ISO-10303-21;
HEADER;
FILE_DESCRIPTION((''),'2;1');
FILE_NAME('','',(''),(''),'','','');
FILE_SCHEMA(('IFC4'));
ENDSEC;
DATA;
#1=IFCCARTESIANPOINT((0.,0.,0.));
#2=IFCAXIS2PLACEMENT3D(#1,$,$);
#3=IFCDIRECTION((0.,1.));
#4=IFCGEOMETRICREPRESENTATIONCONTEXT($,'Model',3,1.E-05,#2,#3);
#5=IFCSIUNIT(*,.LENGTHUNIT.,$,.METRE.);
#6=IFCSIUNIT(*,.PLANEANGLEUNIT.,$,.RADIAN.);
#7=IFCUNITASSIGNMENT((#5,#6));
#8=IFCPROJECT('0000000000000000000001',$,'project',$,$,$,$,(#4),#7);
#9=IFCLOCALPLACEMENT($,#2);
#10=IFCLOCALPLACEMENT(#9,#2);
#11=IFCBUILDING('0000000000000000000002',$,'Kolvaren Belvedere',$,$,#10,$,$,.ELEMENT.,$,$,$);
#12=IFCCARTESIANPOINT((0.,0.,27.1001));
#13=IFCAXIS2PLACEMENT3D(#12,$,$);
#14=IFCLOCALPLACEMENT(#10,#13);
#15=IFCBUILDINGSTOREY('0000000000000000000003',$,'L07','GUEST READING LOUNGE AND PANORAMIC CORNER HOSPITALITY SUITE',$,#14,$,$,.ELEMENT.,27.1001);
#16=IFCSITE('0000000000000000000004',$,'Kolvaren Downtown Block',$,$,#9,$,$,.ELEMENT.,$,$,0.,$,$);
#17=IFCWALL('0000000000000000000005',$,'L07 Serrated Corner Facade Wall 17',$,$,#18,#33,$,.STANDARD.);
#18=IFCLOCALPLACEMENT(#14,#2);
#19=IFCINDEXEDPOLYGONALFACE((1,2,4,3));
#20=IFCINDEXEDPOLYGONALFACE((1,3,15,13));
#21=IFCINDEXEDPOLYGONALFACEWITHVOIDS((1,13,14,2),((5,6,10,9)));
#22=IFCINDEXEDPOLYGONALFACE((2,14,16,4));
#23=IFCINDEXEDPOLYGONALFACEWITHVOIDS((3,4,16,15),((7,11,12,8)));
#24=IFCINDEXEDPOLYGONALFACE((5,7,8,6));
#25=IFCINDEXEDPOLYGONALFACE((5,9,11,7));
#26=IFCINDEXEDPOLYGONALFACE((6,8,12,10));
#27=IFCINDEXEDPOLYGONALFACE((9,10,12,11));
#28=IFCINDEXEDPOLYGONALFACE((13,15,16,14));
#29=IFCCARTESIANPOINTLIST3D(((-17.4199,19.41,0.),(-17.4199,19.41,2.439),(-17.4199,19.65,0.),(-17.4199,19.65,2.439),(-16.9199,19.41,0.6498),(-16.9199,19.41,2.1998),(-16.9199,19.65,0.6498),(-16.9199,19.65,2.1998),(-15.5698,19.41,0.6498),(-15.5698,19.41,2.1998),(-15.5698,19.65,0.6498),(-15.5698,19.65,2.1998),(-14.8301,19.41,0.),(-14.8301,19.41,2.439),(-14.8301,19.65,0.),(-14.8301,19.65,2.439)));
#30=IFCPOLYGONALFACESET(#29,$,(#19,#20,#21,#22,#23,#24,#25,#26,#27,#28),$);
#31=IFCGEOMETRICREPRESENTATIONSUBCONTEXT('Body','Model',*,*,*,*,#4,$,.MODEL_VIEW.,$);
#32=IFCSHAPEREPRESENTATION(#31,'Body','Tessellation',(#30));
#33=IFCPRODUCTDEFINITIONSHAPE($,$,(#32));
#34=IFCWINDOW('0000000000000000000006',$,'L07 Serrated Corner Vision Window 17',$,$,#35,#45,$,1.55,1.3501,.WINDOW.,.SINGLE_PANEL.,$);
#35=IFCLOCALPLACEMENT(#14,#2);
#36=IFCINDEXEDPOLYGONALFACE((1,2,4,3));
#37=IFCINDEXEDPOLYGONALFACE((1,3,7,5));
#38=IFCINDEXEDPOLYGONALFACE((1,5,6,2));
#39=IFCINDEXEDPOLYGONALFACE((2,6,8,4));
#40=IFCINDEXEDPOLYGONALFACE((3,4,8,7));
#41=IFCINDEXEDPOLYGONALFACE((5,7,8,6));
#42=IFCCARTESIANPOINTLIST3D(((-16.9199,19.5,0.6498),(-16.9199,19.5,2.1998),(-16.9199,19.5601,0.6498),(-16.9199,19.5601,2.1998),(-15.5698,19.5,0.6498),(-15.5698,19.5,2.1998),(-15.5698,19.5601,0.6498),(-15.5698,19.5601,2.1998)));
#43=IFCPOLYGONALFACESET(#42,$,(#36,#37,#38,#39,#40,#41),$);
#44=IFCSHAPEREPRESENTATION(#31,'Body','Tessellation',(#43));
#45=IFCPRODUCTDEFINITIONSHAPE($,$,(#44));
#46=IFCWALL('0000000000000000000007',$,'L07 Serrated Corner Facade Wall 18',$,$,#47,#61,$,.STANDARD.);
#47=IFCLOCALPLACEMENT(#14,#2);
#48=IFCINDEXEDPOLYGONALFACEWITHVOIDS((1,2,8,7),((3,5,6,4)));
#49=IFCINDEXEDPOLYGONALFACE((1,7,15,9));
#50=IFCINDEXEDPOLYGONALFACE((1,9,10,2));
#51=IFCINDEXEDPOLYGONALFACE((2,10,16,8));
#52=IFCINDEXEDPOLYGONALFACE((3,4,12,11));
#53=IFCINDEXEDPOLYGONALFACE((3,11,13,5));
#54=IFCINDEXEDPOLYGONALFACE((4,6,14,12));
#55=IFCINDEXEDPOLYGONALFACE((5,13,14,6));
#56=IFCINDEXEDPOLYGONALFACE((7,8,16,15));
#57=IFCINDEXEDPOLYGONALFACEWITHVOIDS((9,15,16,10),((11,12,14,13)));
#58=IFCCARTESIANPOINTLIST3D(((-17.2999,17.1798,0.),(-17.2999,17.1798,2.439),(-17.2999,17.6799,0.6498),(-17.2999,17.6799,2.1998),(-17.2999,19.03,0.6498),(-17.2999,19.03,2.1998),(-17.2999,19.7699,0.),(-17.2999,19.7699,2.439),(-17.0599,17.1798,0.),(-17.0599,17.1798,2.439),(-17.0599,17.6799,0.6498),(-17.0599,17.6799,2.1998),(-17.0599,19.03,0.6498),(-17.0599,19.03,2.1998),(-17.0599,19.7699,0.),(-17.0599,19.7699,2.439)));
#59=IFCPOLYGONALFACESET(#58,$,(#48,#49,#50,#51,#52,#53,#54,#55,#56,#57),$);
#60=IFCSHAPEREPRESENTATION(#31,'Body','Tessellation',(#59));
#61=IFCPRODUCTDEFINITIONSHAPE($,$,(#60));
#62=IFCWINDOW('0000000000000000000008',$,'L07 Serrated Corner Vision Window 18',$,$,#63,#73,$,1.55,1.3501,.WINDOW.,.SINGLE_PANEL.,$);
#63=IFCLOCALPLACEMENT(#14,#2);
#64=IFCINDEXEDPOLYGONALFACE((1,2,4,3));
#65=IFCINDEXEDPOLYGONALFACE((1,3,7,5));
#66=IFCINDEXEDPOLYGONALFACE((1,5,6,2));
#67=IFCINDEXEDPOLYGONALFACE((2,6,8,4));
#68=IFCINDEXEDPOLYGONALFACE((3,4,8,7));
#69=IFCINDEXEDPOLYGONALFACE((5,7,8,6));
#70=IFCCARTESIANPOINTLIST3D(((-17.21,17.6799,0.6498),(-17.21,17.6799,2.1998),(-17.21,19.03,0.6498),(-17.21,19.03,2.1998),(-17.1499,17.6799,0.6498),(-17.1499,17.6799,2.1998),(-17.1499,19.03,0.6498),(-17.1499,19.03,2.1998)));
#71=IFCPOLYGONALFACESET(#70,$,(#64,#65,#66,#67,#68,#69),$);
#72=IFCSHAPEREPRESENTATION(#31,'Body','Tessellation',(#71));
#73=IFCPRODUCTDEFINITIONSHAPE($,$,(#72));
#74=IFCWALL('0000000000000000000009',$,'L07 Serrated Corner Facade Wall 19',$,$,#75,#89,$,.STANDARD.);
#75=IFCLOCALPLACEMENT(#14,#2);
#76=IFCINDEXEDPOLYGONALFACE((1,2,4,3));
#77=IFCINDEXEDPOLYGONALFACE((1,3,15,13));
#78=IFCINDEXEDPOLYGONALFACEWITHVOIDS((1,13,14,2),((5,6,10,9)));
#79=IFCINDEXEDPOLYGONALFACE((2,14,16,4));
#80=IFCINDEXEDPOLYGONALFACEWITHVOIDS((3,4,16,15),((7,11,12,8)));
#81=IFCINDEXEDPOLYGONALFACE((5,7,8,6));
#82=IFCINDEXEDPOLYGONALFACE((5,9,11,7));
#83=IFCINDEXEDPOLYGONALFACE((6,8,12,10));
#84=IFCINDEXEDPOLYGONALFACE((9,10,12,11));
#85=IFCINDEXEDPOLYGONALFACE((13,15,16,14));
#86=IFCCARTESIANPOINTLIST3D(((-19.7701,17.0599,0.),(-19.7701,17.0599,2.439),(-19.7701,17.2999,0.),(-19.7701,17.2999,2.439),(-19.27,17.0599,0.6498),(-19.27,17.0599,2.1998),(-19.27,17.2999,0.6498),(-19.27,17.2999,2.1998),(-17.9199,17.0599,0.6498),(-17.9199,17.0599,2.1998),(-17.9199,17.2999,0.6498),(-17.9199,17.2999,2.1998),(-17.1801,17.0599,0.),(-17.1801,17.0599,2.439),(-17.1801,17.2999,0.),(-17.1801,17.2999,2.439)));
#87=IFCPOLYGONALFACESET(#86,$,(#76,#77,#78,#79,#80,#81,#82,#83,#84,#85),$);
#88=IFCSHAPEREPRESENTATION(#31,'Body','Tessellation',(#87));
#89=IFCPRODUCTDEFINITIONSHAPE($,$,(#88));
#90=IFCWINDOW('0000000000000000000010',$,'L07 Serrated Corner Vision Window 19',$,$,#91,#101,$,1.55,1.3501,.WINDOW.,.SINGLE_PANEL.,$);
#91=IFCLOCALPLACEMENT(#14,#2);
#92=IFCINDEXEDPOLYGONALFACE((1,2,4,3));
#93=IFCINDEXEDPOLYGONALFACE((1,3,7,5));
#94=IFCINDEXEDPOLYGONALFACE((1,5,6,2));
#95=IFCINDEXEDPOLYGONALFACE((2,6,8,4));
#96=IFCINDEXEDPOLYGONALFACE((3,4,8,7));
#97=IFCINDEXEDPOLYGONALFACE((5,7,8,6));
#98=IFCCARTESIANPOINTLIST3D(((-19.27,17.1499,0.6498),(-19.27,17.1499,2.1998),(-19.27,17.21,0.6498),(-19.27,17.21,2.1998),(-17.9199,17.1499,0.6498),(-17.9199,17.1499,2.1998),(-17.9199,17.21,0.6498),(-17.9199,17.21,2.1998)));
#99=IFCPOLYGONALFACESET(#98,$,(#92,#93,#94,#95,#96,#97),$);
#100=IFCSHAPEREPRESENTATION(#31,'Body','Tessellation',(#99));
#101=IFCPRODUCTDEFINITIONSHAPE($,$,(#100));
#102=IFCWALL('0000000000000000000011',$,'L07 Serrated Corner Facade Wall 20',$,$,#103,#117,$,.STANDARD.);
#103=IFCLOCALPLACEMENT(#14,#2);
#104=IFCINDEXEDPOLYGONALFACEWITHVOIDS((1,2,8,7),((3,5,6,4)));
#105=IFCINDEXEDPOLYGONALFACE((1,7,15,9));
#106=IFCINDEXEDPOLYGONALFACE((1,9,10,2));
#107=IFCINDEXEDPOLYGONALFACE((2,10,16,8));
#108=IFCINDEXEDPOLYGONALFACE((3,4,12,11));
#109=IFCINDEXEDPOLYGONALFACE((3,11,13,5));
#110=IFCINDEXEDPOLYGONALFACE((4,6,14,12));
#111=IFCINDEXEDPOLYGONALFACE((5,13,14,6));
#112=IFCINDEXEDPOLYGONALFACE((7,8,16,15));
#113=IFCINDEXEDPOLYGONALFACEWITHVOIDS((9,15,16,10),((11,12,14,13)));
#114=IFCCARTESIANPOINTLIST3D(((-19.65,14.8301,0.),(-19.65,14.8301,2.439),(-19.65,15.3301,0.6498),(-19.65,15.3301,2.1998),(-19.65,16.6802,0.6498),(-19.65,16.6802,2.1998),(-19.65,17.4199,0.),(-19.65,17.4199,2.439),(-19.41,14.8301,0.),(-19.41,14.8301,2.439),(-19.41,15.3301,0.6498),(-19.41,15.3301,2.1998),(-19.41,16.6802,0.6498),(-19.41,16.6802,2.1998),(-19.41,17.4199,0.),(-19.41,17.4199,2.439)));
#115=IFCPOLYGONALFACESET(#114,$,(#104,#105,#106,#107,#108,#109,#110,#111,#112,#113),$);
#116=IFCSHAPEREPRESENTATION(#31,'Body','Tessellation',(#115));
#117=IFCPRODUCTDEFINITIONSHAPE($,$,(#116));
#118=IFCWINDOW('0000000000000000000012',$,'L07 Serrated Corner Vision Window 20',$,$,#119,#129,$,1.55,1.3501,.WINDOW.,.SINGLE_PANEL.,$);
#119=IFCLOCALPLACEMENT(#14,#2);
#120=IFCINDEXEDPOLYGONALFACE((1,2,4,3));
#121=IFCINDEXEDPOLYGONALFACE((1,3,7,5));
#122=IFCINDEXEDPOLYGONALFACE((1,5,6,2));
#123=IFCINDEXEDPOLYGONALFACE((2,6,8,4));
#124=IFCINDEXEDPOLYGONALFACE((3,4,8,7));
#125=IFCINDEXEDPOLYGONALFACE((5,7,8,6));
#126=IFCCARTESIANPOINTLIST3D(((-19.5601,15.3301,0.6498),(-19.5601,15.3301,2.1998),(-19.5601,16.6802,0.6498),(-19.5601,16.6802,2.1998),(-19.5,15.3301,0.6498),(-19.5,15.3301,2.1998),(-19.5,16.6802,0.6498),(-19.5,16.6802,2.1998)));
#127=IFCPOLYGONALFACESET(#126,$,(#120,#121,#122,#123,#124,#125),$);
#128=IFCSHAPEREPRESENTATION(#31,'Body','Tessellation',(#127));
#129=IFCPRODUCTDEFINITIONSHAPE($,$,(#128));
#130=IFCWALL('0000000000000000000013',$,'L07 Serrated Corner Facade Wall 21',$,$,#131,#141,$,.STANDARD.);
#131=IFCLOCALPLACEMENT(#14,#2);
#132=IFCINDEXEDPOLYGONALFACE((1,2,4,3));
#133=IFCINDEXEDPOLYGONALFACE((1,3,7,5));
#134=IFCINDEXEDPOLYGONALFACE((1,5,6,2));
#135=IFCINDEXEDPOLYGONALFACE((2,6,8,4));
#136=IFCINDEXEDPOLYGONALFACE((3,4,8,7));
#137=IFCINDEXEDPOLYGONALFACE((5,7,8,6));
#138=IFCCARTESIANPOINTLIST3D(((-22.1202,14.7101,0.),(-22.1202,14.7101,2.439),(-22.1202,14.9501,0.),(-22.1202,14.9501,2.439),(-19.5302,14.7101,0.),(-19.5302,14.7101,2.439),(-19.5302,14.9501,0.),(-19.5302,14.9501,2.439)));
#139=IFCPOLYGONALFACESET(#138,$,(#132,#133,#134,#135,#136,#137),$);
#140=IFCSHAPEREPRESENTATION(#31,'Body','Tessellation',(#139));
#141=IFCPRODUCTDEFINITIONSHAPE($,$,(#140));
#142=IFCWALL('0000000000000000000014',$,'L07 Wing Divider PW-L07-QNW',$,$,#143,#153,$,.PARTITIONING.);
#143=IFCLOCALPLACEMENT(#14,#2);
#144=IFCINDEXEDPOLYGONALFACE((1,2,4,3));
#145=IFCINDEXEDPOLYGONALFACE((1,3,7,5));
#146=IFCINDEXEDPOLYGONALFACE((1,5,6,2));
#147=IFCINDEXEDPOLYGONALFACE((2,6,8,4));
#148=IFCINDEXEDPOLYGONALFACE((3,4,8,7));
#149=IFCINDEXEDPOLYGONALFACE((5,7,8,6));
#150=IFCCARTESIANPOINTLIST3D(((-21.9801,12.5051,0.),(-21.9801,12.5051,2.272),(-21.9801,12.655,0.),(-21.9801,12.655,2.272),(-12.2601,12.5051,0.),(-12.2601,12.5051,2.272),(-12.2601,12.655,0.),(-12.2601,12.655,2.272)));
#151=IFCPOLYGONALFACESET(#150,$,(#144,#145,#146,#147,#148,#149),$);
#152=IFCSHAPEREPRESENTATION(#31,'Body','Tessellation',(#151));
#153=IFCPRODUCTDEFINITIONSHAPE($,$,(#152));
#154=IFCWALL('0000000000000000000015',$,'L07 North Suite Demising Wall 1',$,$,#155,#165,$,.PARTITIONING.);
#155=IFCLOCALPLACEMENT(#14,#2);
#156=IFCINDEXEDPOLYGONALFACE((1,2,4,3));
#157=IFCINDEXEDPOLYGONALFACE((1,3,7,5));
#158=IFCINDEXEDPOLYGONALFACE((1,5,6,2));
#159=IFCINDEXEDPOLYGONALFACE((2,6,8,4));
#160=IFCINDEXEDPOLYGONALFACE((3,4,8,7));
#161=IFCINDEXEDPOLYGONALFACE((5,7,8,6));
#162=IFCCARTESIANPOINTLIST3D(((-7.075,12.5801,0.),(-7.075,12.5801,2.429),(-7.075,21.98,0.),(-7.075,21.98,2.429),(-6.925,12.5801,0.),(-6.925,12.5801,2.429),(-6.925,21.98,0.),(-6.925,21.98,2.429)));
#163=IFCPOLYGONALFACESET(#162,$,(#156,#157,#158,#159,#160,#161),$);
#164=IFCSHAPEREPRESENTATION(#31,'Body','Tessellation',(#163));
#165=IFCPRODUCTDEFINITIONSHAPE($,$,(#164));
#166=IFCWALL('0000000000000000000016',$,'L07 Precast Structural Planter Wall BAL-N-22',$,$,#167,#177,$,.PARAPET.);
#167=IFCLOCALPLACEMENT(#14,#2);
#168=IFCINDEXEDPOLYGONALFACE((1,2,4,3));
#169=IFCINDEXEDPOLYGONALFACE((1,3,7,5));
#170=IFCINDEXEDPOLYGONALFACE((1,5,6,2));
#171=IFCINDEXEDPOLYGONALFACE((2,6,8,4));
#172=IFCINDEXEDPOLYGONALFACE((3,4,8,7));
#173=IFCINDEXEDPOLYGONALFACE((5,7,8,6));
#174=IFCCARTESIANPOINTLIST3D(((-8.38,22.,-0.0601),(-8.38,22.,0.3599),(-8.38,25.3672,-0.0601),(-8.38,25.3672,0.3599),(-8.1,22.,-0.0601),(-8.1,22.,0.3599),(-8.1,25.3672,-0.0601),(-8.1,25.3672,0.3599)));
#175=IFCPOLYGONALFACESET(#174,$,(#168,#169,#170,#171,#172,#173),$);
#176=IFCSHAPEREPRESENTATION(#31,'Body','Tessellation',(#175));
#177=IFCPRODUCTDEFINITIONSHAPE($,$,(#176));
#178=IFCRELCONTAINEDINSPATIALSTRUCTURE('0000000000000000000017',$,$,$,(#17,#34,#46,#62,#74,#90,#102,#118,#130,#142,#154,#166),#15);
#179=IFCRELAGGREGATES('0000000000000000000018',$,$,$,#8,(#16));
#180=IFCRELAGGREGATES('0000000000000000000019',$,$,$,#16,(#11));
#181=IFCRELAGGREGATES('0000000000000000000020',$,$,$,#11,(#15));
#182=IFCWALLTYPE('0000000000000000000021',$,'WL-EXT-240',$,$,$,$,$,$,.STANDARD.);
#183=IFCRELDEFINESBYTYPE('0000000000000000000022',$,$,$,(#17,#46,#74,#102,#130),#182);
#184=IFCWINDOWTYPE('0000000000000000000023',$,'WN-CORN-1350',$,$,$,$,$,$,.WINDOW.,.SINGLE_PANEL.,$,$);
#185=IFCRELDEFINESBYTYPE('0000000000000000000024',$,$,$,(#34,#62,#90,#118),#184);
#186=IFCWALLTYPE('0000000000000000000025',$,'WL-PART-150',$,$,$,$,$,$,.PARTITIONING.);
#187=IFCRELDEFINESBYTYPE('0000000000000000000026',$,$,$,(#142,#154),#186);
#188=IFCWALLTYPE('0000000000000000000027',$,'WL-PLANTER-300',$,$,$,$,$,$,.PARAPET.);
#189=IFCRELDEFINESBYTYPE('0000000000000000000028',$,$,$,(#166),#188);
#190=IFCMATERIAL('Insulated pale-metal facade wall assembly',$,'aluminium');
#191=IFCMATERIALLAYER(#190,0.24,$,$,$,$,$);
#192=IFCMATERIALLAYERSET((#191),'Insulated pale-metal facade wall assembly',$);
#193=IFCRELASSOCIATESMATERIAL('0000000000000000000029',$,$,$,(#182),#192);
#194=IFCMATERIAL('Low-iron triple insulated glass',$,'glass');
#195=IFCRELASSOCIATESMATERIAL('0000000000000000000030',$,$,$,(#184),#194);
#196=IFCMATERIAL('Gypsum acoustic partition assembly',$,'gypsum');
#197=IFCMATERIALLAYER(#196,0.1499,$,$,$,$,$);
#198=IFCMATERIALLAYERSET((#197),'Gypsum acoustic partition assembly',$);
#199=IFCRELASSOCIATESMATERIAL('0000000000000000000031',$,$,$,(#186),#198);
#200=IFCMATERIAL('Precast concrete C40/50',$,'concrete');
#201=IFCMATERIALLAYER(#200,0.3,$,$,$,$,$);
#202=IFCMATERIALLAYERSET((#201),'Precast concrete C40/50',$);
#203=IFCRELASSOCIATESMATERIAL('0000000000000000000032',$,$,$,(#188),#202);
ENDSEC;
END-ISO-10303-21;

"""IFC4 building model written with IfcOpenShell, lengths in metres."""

from ifc_helpers import new_model, si_unit, direction, frame, frame_2d, origin, place, context, subcontext, project, spatial, rectangle, extrude, material, layer, layer_set, type_object, element, fill, save


model = new_model("IFC4")

# Units and contexts
model_context = context("Model", 3, precision=1e-05, world=origin(), true_north=direction((0.0, 1.0)))
body_context = subcontext(model_context, "Body", "Model", "MODEL_VIEW")
ifc_project = project(units=[si_unit("LENGTHUNIT", "METRE"), si_unit("PLANEANGLEUNIT", "RADIAN")], contexts=[model_context])

# Site, building, storey
site_placement = place(None, origin())
site = spatial("IfcSite", under=ifc_project, at=site_placement, Name="Kolvaren Downtown Block", CompositionType="ELEMENT", RefElevation=0.0)
building_placement = place(site_placement, origin())
building = spatial("IfcBuilding", under=site, at=building_placement, Name="Kolvaren Belvedere", CompositionType="ELEMENT")
storey_placement = place(building_placement, frame((0.0, 0.0, 27.1001)))
storey = spatial("IfcBuildingStorey", under=building, at=storey_placement, Name="L07", Description="GUEST READING LOUNGE AND PANORAMIC CORNER HOSPITALITY SUITE", CompositionType="ELEMENT", Elevation=27.1001)

# Shared definitions
ifc_material_1 = material(Name="Insulated pale-metal facade wall assembly", Category="aluminium")
ifc_layer_1 = layer(ifc_material_1, 0.24)
ifc_layer_set_1 = layer_set([ifc_layer_1], Name="Insulated pale-metal facade wall assembly")
wall_type_1 = type_object("IfcWallType", Name="WL-EXT-240", PredefinedType="STANDARD", material=ifc_layer_set_1)

# Walls, openings, windows
wall_1_placement = place(storey_placement, frame((-17.4199, 19.53, 0.0), z_axis=(0.0, 0.0, 1.0), x_axis=(1.0, 0.0, 0.0)))
wall_1 = element("IfcWall", 1, at=wall_1_placement, inside=storey, type_object=wall_type_1, Name="L07 Serrated Corner Facade Wall 17", PredefinedType="STANDARD", context=body_context, shape_type="SweptSolid", body=[
    extrude(rectangle(XDim=2.5898, YDim=0.24, at=frame_2d((1.2949, 0.0))), origin(), (0.0, 0.0, 1.0), 2.439),
])
opening_1_placement = place(wall_1_placement, frame((0.5, 0.0, 0.6499)))
opening_1 = element("IfcOpeningElement", 2, at=opening_1_placement, cuts=wall_1, PredefinedType="OPENING", context=body_context, shape_type="SweptSolid", body=[
    extrude(rectangle(XDim=1.3501, YDim=1.55, at=frame_2d((0.675, 0.7749))), frame((0.0, 0.1299, 0.0), z_axis=(0.0, -1.0, 0.0), x_axis=(1.0, 0.0, 0.0)), (0.0, 0.0, 1.0), 0.26),
])
ifc_material_2 = material(Name="Low-iron triple insulated glass", Category="glass")
window_type = type_object("IfcWindowType", Name="WN-CORN-1350", PartitioningType="SINGLE_PANEL", PredefinedType="WINDOW", material=ifc_material_2)
window_1_placement = place(opening_1_placement, origin())
window_1 = element("IfcWindow", 3, at=window_1_placement, inside=storey, type_object=window_type, Name="L07 Serrated Corner Vision Window 17", OverallHeight=1.55, OverallWidth=1.3501, PartitioningType="SINGLE_PANEL", PredefinedType="WINDOW", context=body_context, shape_type="SweptSolid", body=[
    extrude(rectangle(XDim=1.3501, YDim=1.55, at=frame_2d((0.675, 0.7749))), frame((0.0, 0.03, 0.0), z_axis=(0.0, -1.0, 0.0), x_axis=(1.0, 0.0, 0.0)), (0.0, 0.0, 1.0), 0.0601),
])
fill(opening_1, window_1)
wall_2_placement = place(storey_placement, frame((-17.1799, 17.1799, 0.0), z_axis=(0.0, 0.0, 1.0), x_axis=(0.0, 1.0, 0.0)))
wall_2 = element("IfcWall", 4, at=wall_2_placement, inside=storey, type_object=wall_type_1, Name="L07 Serrated Corner Facade Wall 18", PredefinedType="STANDARD", context=body_context, shape_type="SweptSolid", body=[
    extrude(rectangle(XDim=2.5901, YDim=0.24, at=frame_2d((1.2949, 0.0))), origin(), (0.0, 0.0, 1.0), 2.439),
])
opening_2_placement = place(wall_2_placement, frame((0.5, 0.0, 0.6499)))
opening_2 = element("IfcOpeningElement", 5, at=opening_2_placement, cuts=wall_2, PredefinedType="OPENING", context=body_context, shape_type="SweptSolid", body=[
    extrude(rectangle(XDim=1.3501, YDim=1.55, at=frame_2d((0.675, 0.7749))), frame((0.0, 0.1299, 0.0), z_axis=(0.0, -1.0, 0.0), x_axis=(1.0, 0.0, 0.0)), (0.0, 0.0, 1.0), 0.26),
])
window_2_placement = place(opening_2_placement, origin())
window_2 = element("IfcWindow", 6, at=window_2_placement, inside=storey, type_object=window_type, Name="L07 Serrated Corner Vision Window 18", OverallHeight=1.55, OverallWidth=1.3501, PartitioningType="SINGLE_PANEL", PredefinedType="WINDOW", context=body_context, shape_type="SweptSolid", body=[
    extrude(rectangle(XDim=1.3501, YDim=1.55, at=frame_2d((0.675, 0.7749))), frame((0.0, 0.03, 0.0), z_axis=(0.0, -1.0, 0.0), x_axis=(1.0, 0.0, 0.0)), (0.0, 0.0, 1.0), 0.0601),
])
fill(opening_2, window_2)
wall_3_placement = place(storey_placement, frame((-19.77, 17.1799, 0.0), z_axis=(0.0, 0.0, 1.0), x_axis=(1.0, 0.0, 0.0)))
wall_3 = element("IfcWall", 7, at=wall_3_placement, inside=storey, type_object=wall_type_1, Name="L07 Serrated Corner Facade Wall 19", PredefinedType="STANDARD", context=body_context, shape_type="SweptSolid", body=[
    extrude(rectangle(XDim=2.5901, YDim=0.24, at=frame_2d((1.2949, 0.0))), origin(), (0.0, 0.0, 1.0), 2.439),
])
opening_3_placement = place(wall_3_placement, frame((0.5, 0.0, 0.6499)))
opening_3 = element("IfcOpeningElement", 8, at=opening_3_placement, cuts=wall_3, PredefinedType="OPENING", context=body_context, shape_type="SweptSolid", body=[
    extrude(rectangle(XDim=1.3501, YDim=1.55, at=frame_2d((0.675, 0.7749))), frame((0.0, 0.1299, 0.0), z_axis=(0.0, -1.0, 0.0), x_axis=(1.0, 0.0, 0.0)), (0.0, 0.0, 1.0), 0.26),
])
window_3_placement = place(opening_3_placement, origin())
window_3 = element("IfcWindow", 9, at=window_3_placement, inside=storey, type_object=window_type, Name="L07 Serrated Corner Vision Window 19", OverallHeight=1.55, OverallWidth=1.3501, PartitioningType="SINGLE_PANEL", PredefinedType="WINDOW", context=body_context, shape_type="SweptSolid", body=[
    extrude(rectangle(XDim=1.3501, YDim=1.55, at=frame_2d((0.675, 0.7749))), frame((0.0, 0.03, 0.0), z_axis=(0.0, -1.0, 0.0), x_axis=(1.0, 0.0, 0.0)), (0.0, 0.0, 1.0), 0.0601),
])
fill(opening_3, window_3)
wall_4_placement = place(storey_placement, frame((-19.53, 14.8301, 0.0), z_axis=(0.0, 0.0, 1.0), x_axis=(0.0, 1.0, 0.0)))
wall_4 = element("IfcWall", 10, at=wall_4_placement, inside=storey, type_object=wall_type_1, Name="L07 Serrated Corner Facade Wall 20", PredefinedType="STANDARD", context=body_context, shape_type="SweptSolid", body=[
    extrude(rectangle(XDim=2.5898, YDim=0.24, at=frame_2d((1.2949, 0.0))), origin(), (0.0, 0.0, 1.0), 2.439),
])
opening_4_placement = place(wall_4_placement, frame((0.5, 0.0, 0.6499)))
opening_4 = element("IfcOpeningElement", 11, at=opening_4_placement, cuts=wall_4, PredefinedType="OPENING", context=body_context, shape_type="SweptSolid", body=[
    extrude(rectangle(XDim=1.3501, YDim=1.55, at=frame_2d((0.675, 0.7749))), frame((0.0, 0.1299, 0.0), z_axis=(0.0, -1.0, 0.0), x_axis=(1.0, 0.0, 0.0)), (0.0, 0.0, 1.0), 0.26),
])
window_4_placement = place(opening_4_placement, origin())
window_4 = element("IfcWindow", 12, at=window_4_placement, inside=storey, type_object=window_type, Name="L07 Serrated Corner Vision Window 20", OverallHeight=1.55, OverallWidth=1.3501, PartitioningType="SINGLE_PANEL", PredefinedType="WINDOW", context=body_context, shape_type="SweptSolid", body=[
    extrude(rectangle(XDim=1.3501, YDim=1.55, at=frame_2d((0.675, 0.7749))), frame((0.0, 0.03, 0.0), z_axis=(0.0, -1.0, 0.0), x_axis=(1.0, 0.0, 0.0)), (0.0, 0.0, 1.0), 0.0601),
])
fill(opening_4, window_4)

# Walls
wall_5_placement = place(storey_placement, frame((-22.1201, 14.8301, 0.0), z_axis=(0.0, 0.0, 1.0), x_axis=(1.0, 0.0, 0.0)))
element("IfcWall", 13, at=wall_5_placement, inside=storey, type_object=wall_type_1, Name="L07 Serrated Corner Facade Wall 21", PredefinedType="STANDARD", context=body_context, shape_type="SweptSolid", body=[
    extrude(rectangle(XDim=2.5901, YDim=0.24, at=frame_2d((1.2949, 0.0))), origin(), (0.0, 0.0, 1.0), 2.439),
])
ifc_material_3 = material(Name="Gypsum acoustic partition assembly", Category="gypsum")
ifc_layer_2 = layer(ifc_material_3, 0.1499)
ifc_layer_set_2 = layer_set([ifc_layer_2], Name="Gypsum acoustic partition assembly")
wall_type_2 = type_object("IfcWallType", Name="WL-PART-150", PredefinedType="PARTITIONING", material=ifc_layer_set_2)
wall_6_placement = place(storey_placement, frame((-21.98, 12.5801, 0.0), z_axis=(0.0, 0.0, 1.0), x_axis=(1.0, 0.0, 0.0)))
element("IfcWall", 14, at=wall_6_placement, inside=storey, type_object=wall_type_2, Name="L07 Wing Divider PW-L07-QNW", PredefinedType="PARTITIONING", context=body_context, shape_type="SweptSolid", body=[
    extrude(rectangle(XDim=9.72, YDim=0.1499, at=frame_2d((4.8599, 0.0))), origin(), (0.0, 0.0, 1.0), 2.272),
])
wall_7_placement = place(storey_placement, frame((-7.0, 12.5801, 0.0), z_axis=(0.0, 0.0, 1.0), x_axis=(0.0, 1.0, 0.0)))
element("IfcWall", 15, at=wall_7_placement, inside=storey, type_object=wall_type_2, Name="L07 North Suite Demising Wall 1", PredefinedType="PARTITIONING", context=body_context, shape_type="SweptSolid", body=[
    extrude(rectangle(XDim=9.3999, YDim=0.1499, at=frame_2d((4.7, 0.0))), origin(), (0.0, 0.0, 1.0), 2.429),
])
ifc_material_4 = material(Name="Precast concrete C40/50", Category="concrete")
ifc_layer_3 = layer(ifc_material_4, 0.3)
ifc_layer_set_3 = layer_set([ifc_layer_3], Name="Precast concrete C40/50")
wall_type_3 = type_object("IfcWallType", Name="WL-PLANTER-300", PredefinedType="PARAPET", material=ifc_layer_set_3)
wall_8_placement = place(storey_placement, frame((-8.24, 25.3672, -0.0601), z_axis=(0.0, 0.0, 1.0), x_axis=(0.0, -1.0, 0.0)))
element("IfcWall", 16, at=wall_8_placement, inside=storey, type_object=wall_type_3, Name="L07 Precast Structural Planter Wall BAL-N-22", PredefinedType="PARAPET", context=body_context, shape_type="SweptSolid", body=[
    extrude(rectangle(XDim=3.3672, YDim=0.28, at=frame_2d((1.6836, 0.0))), origin(), (0.0, 0.0, 1.0), 0.4199),
])

save(model, "model.ifc")
